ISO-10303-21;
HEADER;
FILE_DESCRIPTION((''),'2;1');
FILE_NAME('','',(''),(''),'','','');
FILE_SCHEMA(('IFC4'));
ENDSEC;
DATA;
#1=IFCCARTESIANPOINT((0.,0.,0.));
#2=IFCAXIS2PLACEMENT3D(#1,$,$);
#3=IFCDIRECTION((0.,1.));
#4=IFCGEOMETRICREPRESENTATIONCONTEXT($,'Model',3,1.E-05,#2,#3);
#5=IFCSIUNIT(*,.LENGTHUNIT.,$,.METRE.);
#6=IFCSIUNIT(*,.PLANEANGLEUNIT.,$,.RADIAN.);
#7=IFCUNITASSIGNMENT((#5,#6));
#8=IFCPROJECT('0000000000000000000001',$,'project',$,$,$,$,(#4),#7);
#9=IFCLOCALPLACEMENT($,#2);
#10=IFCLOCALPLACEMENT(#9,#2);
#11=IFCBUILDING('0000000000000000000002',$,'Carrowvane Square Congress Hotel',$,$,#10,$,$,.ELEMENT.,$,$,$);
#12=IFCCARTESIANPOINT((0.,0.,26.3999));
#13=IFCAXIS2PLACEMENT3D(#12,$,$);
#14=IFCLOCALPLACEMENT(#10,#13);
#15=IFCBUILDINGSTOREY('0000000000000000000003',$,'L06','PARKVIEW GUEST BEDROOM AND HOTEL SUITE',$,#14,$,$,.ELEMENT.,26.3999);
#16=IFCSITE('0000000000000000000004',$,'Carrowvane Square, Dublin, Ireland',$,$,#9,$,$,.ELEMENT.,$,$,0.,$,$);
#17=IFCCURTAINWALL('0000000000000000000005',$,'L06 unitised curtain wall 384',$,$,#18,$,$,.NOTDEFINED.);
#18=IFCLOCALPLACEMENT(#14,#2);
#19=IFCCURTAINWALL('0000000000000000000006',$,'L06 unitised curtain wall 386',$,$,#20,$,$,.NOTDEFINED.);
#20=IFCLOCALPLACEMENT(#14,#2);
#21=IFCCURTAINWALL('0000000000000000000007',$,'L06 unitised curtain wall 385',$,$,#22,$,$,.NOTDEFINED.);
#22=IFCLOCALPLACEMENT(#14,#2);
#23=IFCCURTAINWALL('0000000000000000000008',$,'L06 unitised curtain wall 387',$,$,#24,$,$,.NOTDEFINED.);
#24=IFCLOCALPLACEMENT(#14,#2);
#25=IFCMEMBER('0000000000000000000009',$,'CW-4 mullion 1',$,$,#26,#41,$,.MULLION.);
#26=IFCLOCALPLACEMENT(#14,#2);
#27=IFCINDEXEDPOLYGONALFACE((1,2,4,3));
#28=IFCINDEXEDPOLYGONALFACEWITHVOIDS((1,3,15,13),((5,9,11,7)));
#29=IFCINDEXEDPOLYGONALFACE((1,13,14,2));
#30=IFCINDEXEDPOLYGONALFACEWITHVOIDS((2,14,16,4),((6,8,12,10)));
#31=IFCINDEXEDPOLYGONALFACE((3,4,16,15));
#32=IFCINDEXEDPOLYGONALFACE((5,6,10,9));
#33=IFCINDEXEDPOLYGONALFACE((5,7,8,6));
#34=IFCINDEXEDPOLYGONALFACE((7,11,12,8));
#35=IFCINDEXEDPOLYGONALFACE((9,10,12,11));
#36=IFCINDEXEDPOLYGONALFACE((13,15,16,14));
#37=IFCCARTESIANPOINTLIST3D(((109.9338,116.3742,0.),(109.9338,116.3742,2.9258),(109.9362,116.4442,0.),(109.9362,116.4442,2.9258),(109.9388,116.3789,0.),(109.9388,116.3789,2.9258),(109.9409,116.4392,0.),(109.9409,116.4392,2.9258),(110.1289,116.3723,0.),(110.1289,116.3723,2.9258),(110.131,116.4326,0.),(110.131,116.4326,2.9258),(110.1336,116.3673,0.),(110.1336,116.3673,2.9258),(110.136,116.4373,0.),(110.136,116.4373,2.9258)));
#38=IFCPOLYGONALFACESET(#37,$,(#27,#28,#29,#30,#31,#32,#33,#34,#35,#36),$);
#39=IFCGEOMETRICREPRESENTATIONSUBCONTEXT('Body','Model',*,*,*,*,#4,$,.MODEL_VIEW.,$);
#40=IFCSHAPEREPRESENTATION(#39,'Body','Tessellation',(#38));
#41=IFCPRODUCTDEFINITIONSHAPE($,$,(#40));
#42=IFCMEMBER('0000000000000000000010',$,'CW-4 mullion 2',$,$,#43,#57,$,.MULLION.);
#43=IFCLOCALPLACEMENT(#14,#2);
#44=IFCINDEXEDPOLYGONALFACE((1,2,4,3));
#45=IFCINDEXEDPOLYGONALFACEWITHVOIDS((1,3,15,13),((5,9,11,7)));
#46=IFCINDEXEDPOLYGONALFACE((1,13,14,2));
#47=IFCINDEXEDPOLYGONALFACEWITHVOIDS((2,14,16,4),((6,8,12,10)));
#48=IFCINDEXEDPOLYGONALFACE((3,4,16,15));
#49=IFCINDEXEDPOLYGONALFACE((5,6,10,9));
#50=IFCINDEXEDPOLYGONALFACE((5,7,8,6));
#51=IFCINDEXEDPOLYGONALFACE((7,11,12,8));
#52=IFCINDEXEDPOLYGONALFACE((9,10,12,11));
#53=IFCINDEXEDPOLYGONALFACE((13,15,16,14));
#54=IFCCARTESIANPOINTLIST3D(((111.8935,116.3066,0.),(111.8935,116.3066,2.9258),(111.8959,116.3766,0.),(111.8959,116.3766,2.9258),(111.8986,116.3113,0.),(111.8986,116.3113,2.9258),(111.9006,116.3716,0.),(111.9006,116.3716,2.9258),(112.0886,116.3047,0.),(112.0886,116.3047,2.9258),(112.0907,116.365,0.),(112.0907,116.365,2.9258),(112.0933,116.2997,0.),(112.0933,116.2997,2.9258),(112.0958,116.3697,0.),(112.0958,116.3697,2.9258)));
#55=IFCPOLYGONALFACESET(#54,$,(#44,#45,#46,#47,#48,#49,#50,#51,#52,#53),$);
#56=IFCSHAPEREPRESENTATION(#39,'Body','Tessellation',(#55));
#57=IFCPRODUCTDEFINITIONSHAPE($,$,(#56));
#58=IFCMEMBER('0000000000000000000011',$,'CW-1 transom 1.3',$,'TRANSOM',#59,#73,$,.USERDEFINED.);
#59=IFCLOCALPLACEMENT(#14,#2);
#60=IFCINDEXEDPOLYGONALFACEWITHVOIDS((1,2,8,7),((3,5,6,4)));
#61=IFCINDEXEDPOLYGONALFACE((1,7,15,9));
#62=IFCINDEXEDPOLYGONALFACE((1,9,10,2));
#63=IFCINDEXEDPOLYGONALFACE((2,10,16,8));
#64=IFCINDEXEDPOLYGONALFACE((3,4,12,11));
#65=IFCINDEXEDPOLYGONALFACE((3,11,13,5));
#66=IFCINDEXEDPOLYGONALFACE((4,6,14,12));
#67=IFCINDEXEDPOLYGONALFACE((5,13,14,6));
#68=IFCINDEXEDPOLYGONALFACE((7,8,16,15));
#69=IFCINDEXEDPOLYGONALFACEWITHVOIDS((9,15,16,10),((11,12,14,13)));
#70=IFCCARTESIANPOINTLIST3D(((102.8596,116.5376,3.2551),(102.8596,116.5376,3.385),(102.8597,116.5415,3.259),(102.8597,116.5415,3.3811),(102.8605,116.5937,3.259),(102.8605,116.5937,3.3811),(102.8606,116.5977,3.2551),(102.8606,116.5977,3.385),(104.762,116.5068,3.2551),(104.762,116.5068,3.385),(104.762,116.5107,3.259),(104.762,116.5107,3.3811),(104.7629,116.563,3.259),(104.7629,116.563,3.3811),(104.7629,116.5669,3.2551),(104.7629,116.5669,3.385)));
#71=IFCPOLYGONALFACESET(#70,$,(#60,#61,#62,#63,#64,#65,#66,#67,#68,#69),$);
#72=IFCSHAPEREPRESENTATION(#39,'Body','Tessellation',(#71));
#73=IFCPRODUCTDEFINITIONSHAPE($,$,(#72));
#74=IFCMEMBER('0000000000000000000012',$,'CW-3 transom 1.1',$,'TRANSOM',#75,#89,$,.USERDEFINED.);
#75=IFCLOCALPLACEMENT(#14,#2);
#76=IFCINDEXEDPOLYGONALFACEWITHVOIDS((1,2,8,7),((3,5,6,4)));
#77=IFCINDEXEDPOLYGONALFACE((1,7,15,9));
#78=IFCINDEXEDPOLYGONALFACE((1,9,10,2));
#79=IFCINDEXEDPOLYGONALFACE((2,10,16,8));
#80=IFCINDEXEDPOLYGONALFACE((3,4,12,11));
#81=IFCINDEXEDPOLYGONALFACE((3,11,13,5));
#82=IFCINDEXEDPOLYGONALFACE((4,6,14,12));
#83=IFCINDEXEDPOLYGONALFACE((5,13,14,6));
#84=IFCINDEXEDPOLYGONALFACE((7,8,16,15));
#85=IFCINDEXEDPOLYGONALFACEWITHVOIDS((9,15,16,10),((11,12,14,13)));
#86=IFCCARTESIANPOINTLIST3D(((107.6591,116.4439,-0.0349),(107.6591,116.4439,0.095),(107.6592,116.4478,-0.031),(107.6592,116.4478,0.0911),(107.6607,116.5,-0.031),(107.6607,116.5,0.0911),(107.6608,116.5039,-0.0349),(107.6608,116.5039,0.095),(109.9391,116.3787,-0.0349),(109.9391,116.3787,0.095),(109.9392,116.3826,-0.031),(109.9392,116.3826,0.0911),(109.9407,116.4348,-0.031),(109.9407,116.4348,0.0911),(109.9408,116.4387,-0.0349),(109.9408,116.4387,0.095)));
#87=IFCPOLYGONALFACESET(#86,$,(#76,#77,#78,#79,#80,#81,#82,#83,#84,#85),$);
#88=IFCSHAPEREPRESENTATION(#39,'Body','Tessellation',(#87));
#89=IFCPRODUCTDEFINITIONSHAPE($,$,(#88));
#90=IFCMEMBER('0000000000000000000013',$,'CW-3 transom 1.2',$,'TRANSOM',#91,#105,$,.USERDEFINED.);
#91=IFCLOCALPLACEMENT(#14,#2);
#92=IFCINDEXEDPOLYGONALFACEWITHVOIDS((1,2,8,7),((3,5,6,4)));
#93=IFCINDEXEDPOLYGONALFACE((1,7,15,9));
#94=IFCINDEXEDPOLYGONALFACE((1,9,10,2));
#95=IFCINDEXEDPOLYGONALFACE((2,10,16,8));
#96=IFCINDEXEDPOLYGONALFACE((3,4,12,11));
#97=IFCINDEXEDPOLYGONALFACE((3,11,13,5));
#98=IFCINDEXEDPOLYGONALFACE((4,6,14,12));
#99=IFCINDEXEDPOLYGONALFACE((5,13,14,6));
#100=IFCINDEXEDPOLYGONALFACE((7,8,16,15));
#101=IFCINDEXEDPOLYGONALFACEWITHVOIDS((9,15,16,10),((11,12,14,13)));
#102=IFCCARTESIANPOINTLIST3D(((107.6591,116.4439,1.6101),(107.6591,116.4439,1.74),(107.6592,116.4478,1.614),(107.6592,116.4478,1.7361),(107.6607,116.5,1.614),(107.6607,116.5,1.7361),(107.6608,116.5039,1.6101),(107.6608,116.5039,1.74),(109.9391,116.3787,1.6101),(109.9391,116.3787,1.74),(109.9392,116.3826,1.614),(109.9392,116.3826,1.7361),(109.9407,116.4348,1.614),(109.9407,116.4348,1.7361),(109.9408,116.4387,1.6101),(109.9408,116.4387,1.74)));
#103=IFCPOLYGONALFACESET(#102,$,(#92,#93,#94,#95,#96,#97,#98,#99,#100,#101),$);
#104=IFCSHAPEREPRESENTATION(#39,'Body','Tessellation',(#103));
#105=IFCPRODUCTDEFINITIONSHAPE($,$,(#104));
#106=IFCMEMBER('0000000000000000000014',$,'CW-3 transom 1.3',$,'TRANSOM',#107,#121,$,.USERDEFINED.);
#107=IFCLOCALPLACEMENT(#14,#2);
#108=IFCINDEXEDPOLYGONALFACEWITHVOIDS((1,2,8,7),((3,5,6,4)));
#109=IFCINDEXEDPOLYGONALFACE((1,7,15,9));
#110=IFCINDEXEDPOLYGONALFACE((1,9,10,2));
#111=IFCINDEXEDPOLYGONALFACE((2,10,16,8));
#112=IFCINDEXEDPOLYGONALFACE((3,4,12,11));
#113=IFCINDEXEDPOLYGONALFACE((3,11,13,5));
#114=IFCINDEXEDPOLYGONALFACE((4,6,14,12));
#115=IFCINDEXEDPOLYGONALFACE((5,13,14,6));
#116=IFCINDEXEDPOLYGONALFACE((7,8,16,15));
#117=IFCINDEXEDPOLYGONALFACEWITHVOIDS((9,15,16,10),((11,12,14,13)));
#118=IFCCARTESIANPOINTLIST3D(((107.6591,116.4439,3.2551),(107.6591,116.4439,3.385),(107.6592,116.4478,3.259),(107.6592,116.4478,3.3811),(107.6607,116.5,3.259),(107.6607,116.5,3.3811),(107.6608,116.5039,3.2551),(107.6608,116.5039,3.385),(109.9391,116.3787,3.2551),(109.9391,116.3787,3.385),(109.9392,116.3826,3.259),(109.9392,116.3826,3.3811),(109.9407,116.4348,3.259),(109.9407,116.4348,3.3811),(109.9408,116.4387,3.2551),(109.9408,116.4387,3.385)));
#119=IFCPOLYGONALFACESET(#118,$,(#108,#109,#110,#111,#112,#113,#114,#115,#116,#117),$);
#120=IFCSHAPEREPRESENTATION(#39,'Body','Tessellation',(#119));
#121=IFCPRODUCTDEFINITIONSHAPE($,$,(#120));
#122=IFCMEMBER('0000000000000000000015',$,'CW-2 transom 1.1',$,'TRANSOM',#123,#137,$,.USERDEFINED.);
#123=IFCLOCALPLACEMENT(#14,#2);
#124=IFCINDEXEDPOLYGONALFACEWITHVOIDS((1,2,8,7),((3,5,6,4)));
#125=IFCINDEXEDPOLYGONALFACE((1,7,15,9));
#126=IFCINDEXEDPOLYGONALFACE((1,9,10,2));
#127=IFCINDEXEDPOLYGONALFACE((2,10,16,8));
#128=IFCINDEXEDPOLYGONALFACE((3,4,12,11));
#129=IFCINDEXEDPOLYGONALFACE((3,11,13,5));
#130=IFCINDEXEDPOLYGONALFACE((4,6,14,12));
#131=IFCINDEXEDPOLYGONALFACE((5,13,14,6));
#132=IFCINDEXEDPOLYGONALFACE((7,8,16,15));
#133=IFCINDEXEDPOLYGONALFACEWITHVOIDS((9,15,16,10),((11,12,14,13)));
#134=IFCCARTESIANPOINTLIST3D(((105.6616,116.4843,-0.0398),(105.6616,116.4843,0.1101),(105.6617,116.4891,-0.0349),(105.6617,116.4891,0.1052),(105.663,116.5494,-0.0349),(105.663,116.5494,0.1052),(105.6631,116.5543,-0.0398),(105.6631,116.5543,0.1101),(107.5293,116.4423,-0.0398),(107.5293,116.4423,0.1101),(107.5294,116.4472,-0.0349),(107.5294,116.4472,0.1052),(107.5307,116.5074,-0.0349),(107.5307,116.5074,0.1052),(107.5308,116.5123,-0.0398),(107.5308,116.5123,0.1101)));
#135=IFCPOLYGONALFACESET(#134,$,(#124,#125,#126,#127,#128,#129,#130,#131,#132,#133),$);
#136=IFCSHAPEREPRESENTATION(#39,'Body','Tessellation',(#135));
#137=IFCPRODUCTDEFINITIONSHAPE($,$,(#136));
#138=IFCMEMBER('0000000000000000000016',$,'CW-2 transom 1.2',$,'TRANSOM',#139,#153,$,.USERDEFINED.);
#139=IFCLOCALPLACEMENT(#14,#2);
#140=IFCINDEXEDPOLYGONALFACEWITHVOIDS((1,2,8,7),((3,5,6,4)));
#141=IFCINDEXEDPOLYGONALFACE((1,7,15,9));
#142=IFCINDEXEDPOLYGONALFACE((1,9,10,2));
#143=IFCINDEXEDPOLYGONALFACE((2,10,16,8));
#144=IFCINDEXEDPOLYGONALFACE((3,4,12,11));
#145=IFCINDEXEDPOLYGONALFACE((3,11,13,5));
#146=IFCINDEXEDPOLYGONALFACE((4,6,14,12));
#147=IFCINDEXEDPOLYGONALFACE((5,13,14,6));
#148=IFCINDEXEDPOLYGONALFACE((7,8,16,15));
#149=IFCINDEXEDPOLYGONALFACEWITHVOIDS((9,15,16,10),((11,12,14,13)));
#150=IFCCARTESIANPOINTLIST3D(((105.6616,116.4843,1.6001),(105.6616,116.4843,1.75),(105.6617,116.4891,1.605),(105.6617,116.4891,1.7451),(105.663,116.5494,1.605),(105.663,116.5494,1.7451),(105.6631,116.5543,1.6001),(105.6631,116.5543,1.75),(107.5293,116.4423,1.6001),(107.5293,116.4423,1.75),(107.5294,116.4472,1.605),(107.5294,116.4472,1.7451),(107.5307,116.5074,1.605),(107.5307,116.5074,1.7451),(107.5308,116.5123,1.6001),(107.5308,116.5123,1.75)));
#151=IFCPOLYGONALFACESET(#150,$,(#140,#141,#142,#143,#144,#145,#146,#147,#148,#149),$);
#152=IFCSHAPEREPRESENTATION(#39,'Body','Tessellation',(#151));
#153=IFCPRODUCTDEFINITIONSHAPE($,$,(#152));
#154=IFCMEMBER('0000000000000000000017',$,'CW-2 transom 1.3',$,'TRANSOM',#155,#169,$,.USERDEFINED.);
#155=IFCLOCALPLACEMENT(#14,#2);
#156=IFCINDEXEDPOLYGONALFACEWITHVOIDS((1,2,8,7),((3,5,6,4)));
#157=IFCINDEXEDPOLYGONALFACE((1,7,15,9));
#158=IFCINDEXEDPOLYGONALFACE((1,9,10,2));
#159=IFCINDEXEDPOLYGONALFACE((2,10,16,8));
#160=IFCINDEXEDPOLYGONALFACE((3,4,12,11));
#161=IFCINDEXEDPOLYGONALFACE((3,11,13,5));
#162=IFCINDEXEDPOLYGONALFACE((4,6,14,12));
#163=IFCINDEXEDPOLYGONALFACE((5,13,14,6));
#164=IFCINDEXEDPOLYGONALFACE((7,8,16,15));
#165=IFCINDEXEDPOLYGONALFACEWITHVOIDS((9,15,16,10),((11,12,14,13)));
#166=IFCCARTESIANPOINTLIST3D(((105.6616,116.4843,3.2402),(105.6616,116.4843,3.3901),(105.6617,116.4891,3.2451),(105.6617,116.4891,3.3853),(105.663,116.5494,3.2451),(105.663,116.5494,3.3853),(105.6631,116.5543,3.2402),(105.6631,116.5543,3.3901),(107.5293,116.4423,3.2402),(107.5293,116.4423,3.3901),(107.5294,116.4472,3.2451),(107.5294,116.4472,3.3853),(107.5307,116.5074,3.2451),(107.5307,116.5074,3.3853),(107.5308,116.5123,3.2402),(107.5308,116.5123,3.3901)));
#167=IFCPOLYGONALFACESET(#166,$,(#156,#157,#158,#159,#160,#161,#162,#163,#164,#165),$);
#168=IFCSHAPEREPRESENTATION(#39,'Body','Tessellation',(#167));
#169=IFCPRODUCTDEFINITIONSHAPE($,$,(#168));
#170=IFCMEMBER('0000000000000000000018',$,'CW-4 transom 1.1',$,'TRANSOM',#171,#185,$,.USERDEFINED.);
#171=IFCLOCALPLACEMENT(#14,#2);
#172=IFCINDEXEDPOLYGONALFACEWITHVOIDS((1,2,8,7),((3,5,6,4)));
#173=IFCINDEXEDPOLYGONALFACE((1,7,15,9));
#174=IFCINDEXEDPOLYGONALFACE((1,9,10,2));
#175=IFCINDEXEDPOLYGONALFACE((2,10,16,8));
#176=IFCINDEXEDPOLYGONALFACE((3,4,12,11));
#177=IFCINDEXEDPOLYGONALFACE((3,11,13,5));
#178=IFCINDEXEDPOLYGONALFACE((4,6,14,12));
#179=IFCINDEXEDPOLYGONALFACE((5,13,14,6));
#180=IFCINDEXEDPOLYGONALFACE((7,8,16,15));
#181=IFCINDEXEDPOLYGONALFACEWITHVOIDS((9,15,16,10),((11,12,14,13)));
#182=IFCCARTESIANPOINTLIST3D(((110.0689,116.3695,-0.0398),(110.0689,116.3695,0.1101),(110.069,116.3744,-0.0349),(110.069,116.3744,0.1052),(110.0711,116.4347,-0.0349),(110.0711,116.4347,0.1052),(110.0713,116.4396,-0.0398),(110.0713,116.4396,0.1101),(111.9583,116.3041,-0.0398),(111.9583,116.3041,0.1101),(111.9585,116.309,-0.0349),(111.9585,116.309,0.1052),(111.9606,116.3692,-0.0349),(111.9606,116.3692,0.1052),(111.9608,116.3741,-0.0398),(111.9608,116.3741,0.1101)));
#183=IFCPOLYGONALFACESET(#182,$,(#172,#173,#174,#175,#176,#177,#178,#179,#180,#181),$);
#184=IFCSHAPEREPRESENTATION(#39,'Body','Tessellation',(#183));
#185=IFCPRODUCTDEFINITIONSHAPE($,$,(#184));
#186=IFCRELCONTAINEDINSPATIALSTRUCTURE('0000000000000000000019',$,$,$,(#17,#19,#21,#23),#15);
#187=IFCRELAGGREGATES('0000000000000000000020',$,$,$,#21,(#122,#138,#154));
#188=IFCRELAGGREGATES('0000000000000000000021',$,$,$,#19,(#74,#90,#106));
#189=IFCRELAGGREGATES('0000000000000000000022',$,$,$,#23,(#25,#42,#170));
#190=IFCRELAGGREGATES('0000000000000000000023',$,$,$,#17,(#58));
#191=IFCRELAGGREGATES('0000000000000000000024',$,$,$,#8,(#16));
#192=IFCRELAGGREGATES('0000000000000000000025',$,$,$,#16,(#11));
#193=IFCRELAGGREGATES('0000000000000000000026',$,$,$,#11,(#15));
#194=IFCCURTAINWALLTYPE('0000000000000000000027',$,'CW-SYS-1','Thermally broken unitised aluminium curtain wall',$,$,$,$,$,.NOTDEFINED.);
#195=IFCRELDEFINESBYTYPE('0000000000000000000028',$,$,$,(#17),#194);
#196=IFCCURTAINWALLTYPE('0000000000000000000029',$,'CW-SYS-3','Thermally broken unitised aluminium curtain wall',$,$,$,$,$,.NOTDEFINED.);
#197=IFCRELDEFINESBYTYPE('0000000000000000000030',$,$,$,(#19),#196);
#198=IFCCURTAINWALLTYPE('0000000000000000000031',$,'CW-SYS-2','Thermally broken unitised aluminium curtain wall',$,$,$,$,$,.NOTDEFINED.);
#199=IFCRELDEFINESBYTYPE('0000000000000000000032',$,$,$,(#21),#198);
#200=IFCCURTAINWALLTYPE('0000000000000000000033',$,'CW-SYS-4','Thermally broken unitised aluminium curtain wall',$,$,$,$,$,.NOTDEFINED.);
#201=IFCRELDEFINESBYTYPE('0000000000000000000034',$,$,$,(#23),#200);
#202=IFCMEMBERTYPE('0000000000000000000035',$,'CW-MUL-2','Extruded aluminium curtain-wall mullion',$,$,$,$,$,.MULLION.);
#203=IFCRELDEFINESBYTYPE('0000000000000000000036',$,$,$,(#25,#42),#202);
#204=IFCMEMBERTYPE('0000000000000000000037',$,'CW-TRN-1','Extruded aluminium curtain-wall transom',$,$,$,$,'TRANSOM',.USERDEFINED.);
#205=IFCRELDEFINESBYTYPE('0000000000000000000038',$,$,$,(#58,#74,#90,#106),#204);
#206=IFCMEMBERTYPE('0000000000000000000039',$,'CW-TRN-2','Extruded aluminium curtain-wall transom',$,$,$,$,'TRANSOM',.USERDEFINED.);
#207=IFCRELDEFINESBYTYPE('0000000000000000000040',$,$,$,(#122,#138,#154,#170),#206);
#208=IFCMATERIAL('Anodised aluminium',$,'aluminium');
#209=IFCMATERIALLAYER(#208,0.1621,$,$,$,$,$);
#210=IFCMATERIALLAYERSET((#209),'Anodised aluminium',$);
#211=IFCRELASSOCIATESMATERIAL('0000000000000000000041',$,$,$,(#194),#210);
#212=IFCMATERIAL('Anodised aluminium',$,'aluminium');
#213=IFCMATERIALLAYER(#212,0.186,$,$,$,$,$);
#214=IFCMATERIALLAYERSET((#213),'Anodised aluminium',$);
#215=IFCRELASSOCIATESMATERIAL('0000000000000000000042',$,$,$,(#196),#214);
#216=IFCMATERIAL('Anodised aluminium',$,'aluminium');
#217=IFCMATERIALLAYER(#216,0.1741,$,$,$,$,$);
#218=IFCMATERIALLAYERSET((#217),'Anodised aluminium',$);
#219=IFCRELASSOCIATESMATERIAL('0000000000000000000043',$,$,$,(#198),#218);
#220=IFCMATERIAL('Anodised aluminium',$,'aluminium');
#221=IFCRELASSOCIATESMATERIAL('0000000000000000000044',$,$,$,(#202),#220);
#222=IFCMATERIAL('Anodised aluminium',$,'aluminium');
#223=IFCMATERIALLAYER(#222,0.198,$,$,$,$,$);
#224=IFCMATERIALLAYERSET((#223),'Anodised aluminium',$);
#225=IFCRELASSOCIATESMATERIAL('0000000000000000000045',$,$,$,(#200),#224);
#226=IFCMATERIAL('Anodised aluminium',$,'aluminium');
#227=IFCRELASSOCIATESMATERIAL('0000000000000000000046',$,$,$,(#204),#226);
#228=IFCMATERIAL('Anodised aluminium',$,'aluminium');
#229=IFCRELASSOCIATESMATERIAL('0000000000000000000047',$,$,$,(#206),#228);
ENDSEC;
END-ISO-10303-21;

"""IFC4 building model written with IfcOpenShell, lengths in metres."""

from ifc_helpers import new_model, si_unit, direction, frame, origin, origin_2d, place, context, subcontext, project, spatial, hollow_rectangle, extrude, material, layer, layer_set, material_profile, profile_set, type_object, element, aggregate, save


model = new_model("IFC4")

# Units and contexts
model_context = context("Model", 3, precision=1e-05, world=origin(), true_north=direction((0.0, 1.0)))
body_context = subcontext(model_context, "Body", "Model", "MODEL_VIEW")
ifc_project = project(units=[si_unit("LENGTHUNIT", "METRE"), si_unit("PLANEANGLEUNIT", "RADIAN")], contexts=[model_context])

# Site, building, storey
site_placement = place(None, origin())
site = spatial("IfcSite", under=ifc_project, at=site_placement, Name="Carrowvane Square, Dublin, Ireland", CompositionType="ELEMENT", RefElevation=0.0)
building_placement = place(site_placement, origin())
building = spatial("IfcBuilding", under=site, at=building_placement, Name="Carrowvane Square Congress Hotel", CompositionType="ELEMENT")
storey_placement = place(building_placement, frame((0.0, 0.0, 26.3999)))
storey = spatial("IfcBuildingStorey", under=building, at=storey_placement, Name="L06", Description="PARKVIEW GUEST BEDROOM AND HOTEL SUITE", CompositionType="ELEMENT", Elevation=26.3999)

# Curtain wall
ifc_material_1 = material(Name="Anodised aluminium", Category="aluminium")
ifc_layer_1 = layer(ifc_material_1, 0.1621)
ifc_layer_set_1 = layer_set([ifc_layer_1], Name="Anodised aluminium")
curtain_wall_type_1 = type_object("IfcCurtainWallType", Name="CW-SYS-1", Description="Thermally broken unitised aluminium curtain wall", PredefinedType="NOTDEFINED", material=ifc_layer_set_1)
curtain_wall_1_placement = place(storey_placement, origin())
curtain_wall_1 = element("IfcCurtainWall", 1, at=curtain_wall_1_placement, inside=storey, type_object=curtain_wall_type_1, Name="L06 unitised curtain wall 384", PredefinedType="NOTDEFINED")

# Curtain walls, members
ifc_material_2 = material(Name="Anodised aluminium", Category="aluminium")
ifc_layer_2 = layer(ifc_material_2, 0.186)
ifc_layer_set_2 = layer_set([ifc_layer_2], Name="Anodised aluminium")
curtain_wall_type_2 = type_object("IfcCurtainWallType", Name="CW-SYS-3", Description="Thermally broken unitised aluminium curtain wall", PredefinedType="NOTDEFINED", material=ifc_layer_set_2)
curtain_wall_2_placement = place(storey_placement, origin())
curtain_wall_2 = element("IfcCurtainWall", 2, at=curtain_wall_2_placement, inside=storey, type_object=curtain_wall_type_2, Name="L06 unitised curtain wall 386", PredefinedType="NOTDEFINED")
ifc_material_3 = material(Name="Anodised aluminium", Category="aluminium")
ifc_layer_3 = layer(ifc_material_3, 0.1741)
ifc_layer_set_3 = layer_set([ifc_layer_3], Name="Anodised aluminium")
curtain_wall_type_3 = type_object("IfcCurtainWallType", Name="CW-SYS-2", Description="Thermally broken unitised aluminium curtain wall", PredefinedType="NOTDEFINED", material=ifc_layer_set_3)
curtain_wall_3_placement = place(storey_placement, origin())
curtain_wall_3 = element("IfcCurtainWall", 3, at=curtain_wall_3_placement, inside=storey, type_object=curtain_wall_type_3, Name="L06 unitised curtain wall 385", PredefinedType="NOTDEFINED")
ifc_material_4 = material(Name="Anodised aluminium", Category="aluminium")
ifc_material_profile_1 = material_profile(ifc_material_4, hollow_rectangle(XDim=0.0701, YDim=0.2, WallThickness=0.0049, at=origin_2d()), Name="CW-ML 70x200x5")
ifc_profile_set_1 = profile_set([ifc_material_profile_1], Name="Anodised aluminium")
member_type_1 = type_object("IfcMemberType", Name="CW-MUL-2", Description="Extruded aluminium curtain-wall mullion", PredefinedType="MULLION", material=ifc_profile_set_1)
ifc_material_5 = material(Name="Anodised aluminium", Category="aluminium")
ifc_layer_4 = layer(ifc_material_5, 0.198)
ifc_layer_set_4 = layer_set([ifc_layer_4], Name="Anodised aluminium")
curtain_wall_type_4 = type_object("IfcCurtainWallType", Name="CW-SYS-4", Description="Thermally broken unitised aluminium curtain wall", PredefinedType="NOTDEFINED", material=ifc_layer_set_4)
curtain_wall_4_placement = place(storey_placement, origin())
curtain_wall_4 = element("IfcCurtainWall", 4, at=curtain_wall_4_placement, inside=storey, type_object=curtain_wall_type_4, Name="L06 unitised curtain wall 387", PredefinedType="NOTDEFINED")
member_1_placement = place(storey_placement, frame((110.0349, 116.4058, 0.0), z_axis=(0.0, 0.0, 1.0), x_axis=(0.03453, 0.999404, 0.0)))
member_1 = element("IfcMember", 5, at=member_1_placement, type_object=member_type_1, Name="CW-4 mullion 1", PredefinedType="MULLION", context=body_context, shape_type="SweptSolid", body=[
    extrude(hollow_rectangle(XDim=0.0701, YDim=0.2, WallThickness=0.0049, at=origin_2d()), origin(), (0.0, 0.0, 1.0), 2.9258),
])
member_2_placement = place(storey_placement, frame((111.9946, 116.3381, 0.0), z_axis=(0.0, 0.0, 1.0), x_axis=(0.03453, 0.999404, 0.0)))
member_2 = element("IfcMember", 6, at=member_2_placement, type_object=member_type_1, Name="CW-4 mullion 2", PredefinedType="MULLION", context=body_context, shape_type="SweptSolid", body=[
    extrude(hollow_rectangle(XDim=0.0701, YDim=0.2, WallThickness=0.0049, at=origin_2d()), origin(), (0.0, 0.0, 1.0), 2.9258),
])

# Members
ifc_material_6 = material(Name="Anodised aluminium", Category="aluminium")
ifc_material_profile_2 = material_profile(ifc_material_6, hollow_rectangle(XDim=0.0601, YDim=0.1299, WallThickness=0.0039, at=origin_2d()), Name="CW-TR 60x130x4")
ifc_profile_set_2 = profile_set([ifc_material_profile_2], Name="Anodised aluminium")
member_type_2 = type_object("IfcMemberType", Name="CW-TRN-1", Description="Extruded aluminium curtain-wall transom", ElementType="TRANSOM", PredefinedType="USERDEFINED", material=ifc_profile_set_2)
member_3_placement = place(storey_placement, frame((102.8601, 116.5676, 3.3201), z_axis=(0.999869, -0.016168, 0.0), x_axis=(0.016168, 0.999869, 0.0)))
member_3 = element("IfcMember", 7, at=member_3_placement, type_object=member_type_2, Name="CW-1 transom 1.3", ObjectType="TRANSOM", PredefinedType="USERDEFINED", context=body_context, shape_type="SweptSolid", body=[
    extrude(hollow_rectangle(XDim=0.0601, YDim=0.1299, WallThickness=0.0039, at=origin_2d()), origin(), (0.0, 0.0, 1.0), 1.9026),
])
member_4_placement = place(storey_placement, frame((107.6599, 116.4739, 0.03), z_axis=(0.999592, -0.028578, 0.0), x_axis=(0.028578, 0.999592, 0.0)))
member_4 = element("IfcMember", 8, at=member_4_placement, type_object=member_type_2, Name="CW-3 transom 1.1", ObjectType="TRANSOM", PredefinedType="USERDEFINED", context=body_context, shape_type="SweptSolid", body=[
    extrude(hollow_rectangle(XDim=0.0601, YDim=0.1299, WallThickness=0.0039, at=origin_2d()), origin(), (0.0, 0.0, 1.0), 2.281),
])
member_5_placement = place(storey_placement, frame((107.6599, 116.4739, 1.675), z_axis=(0.999592, -0.028578, 0.0), x_axis=(0.028578, 0.999592, 0.0)))
member_5 = element("IfcMember", 9, at=member_5_placement, type_object=member_type_2, Name="CW-3 transom 1.2", ObjectType="TRANSOM", PredefinedType="USERDEFINED", context=body_context, shape_type="SweptSolid", body=[
    extrude(hollow_rectangle(XDim=0.0601, YDim=0.1299, WallThickness=0.0039, at=origin_2d()), origin(), (0.0, 0.0, 1.0), 2.281),
])
member_6_placement = place(storey_placement, frame((107.6599, 116.4739, 3.3201), z_axis=(0.999592, -0.028578, 0.0), x_axis=(0.028578, 0.999592, 0.0)))
member_6 = element("IfcMember", 10, at=member_6_placement, type_object=member_type_2, Name="CW-3 transom 1.3", ObjectType="TRANSOM", PredefinedType="USERDEFINED", context=body_context, shape_type="SweptSolid", body=[
    extrude(hollow_rectangle(XDim=0.0601, YDim=0.1299, WallThickness=0.0039, at=origin_2d()), origin(), (0.0, 0.0, 1.0), 2.281),
])
ifc_material_7 = material(Name="Anodised aluminium", Category="aluminium")
ifc_material_profile_3 = material_profile(ifc_material_7, hollow_rectangle(XDim=0.0701, YDim=0.1499, WallThickness=0.0049, at=origin_2d()), Name="CW-TR 70x150x5")
ifc_profile_set_3 = profile_set([ifc_material_profile_3], Name="Anodised aluminium")
member_type_3 = type_object("IfcMemberType", Name="CW-TRN-2", Description="Extruded aluminium curtain-wall transom", ElementType="TRANSOM", PredefinedType="USERDEFINED", material=ifc_profile_set_3)
member_7_placement = place(storey_placement, frame((105.6624, 116.5193, 0.0352), z_axis=(0.999747, -0.022478, 0.0), x_axis=(0.022478, 0.999747, 0.0)))
member_7 = element("IfcMember", 11, at=member_7_placement, type_object=member_type_3, Name="CW-2 transom 1.1", ObjectType="TRANSOM", PredefinedType="USERDEFINED", context=body_context, shape_type="SweptSolid", body=[
    extrude(hollow_rectangle(XDim=0.0701, YDim=0.1499, WallThickness=0.0049, at=origin_2d()), origin(), (0.0, 0.0, 1.0), 1.8682),
])
member_8_placement = place(storey_placement, frame((105.6624, 116.5193, 1.675), z_axis=(0.999747, -0.022478, 0.0), x_axis=(0.022478, 0.999747, 0.0)))
member_8 = element("IfcMember", 12, at=member_8_placement, type_object=member_type_3, Name="CW-2 transom 1.2", ObjectType="TRANSOM", PredefinedType="USERDEFINED", context=body_context, shape_type="SweptSolid", body=[
    extrude(hollow_rectangle(XDim=0.0701, YDim=0.1499, WallThickness=0.0049, at=origin_2d()), origin(), (0.0, 0.0, 1.0), 1.8682),
])
member_9_placement = place(storey_placement, frame((105.6624, 116.5193, 3.3152), z_axis=(0.999747, -0.022478, 0.0), x_axis=(0.022478, 0.999747, 0.0)))
member_9 = element("IfcMember", 13, at=member_9_placement, type_object=member_type_3, Name="CW-2 transom 1.3", ObjectType="TRANSOM", PredefinedType="USERDEFINED", context=body_context, shape_type="SweptSolid", body=[
    extrude(hollow_rectangle(XDim=0.0701, YDim=0.1499, WallThickness=0.0049, at=origin_2d()), origin(), (0.0, 0.0, 1.0), 1.8682),
])
member_10_placement = place(storey_placement, frame((110.0701, 116.4045, 0.0352), z_axis=(0.999401, -0.034609, 0.0), x_axis=(0.034609, 0.999401, 0.0)))
member_10 = element("IfcMember", 14, at=member_10_placement, type_object=member_type_3, Name="CW-4 transom 1.1", ObjectType="TRANSOM", PredefinedType="USERDEFINED", context=body_context, shape_type="SweptSolid", body=[
    extrude(hollow_rectangle(XDim=0.0701, YDim=0.1499, WallThickness=0.0049, at=origin_2d()), origin(), (0.0, 0.0, 1.0), 1.8906),
])

aggregate(curtain_wall_3, [member_7, member_8, member_9])
aggregate(curtain_wall_2, [member_4, member_5, member_6])
aggregate(curtain_wall_4, [member_1, member_2, member_10])
aggregate(curtain_wall_1, [member_3])

save(model, "model.ifc")
